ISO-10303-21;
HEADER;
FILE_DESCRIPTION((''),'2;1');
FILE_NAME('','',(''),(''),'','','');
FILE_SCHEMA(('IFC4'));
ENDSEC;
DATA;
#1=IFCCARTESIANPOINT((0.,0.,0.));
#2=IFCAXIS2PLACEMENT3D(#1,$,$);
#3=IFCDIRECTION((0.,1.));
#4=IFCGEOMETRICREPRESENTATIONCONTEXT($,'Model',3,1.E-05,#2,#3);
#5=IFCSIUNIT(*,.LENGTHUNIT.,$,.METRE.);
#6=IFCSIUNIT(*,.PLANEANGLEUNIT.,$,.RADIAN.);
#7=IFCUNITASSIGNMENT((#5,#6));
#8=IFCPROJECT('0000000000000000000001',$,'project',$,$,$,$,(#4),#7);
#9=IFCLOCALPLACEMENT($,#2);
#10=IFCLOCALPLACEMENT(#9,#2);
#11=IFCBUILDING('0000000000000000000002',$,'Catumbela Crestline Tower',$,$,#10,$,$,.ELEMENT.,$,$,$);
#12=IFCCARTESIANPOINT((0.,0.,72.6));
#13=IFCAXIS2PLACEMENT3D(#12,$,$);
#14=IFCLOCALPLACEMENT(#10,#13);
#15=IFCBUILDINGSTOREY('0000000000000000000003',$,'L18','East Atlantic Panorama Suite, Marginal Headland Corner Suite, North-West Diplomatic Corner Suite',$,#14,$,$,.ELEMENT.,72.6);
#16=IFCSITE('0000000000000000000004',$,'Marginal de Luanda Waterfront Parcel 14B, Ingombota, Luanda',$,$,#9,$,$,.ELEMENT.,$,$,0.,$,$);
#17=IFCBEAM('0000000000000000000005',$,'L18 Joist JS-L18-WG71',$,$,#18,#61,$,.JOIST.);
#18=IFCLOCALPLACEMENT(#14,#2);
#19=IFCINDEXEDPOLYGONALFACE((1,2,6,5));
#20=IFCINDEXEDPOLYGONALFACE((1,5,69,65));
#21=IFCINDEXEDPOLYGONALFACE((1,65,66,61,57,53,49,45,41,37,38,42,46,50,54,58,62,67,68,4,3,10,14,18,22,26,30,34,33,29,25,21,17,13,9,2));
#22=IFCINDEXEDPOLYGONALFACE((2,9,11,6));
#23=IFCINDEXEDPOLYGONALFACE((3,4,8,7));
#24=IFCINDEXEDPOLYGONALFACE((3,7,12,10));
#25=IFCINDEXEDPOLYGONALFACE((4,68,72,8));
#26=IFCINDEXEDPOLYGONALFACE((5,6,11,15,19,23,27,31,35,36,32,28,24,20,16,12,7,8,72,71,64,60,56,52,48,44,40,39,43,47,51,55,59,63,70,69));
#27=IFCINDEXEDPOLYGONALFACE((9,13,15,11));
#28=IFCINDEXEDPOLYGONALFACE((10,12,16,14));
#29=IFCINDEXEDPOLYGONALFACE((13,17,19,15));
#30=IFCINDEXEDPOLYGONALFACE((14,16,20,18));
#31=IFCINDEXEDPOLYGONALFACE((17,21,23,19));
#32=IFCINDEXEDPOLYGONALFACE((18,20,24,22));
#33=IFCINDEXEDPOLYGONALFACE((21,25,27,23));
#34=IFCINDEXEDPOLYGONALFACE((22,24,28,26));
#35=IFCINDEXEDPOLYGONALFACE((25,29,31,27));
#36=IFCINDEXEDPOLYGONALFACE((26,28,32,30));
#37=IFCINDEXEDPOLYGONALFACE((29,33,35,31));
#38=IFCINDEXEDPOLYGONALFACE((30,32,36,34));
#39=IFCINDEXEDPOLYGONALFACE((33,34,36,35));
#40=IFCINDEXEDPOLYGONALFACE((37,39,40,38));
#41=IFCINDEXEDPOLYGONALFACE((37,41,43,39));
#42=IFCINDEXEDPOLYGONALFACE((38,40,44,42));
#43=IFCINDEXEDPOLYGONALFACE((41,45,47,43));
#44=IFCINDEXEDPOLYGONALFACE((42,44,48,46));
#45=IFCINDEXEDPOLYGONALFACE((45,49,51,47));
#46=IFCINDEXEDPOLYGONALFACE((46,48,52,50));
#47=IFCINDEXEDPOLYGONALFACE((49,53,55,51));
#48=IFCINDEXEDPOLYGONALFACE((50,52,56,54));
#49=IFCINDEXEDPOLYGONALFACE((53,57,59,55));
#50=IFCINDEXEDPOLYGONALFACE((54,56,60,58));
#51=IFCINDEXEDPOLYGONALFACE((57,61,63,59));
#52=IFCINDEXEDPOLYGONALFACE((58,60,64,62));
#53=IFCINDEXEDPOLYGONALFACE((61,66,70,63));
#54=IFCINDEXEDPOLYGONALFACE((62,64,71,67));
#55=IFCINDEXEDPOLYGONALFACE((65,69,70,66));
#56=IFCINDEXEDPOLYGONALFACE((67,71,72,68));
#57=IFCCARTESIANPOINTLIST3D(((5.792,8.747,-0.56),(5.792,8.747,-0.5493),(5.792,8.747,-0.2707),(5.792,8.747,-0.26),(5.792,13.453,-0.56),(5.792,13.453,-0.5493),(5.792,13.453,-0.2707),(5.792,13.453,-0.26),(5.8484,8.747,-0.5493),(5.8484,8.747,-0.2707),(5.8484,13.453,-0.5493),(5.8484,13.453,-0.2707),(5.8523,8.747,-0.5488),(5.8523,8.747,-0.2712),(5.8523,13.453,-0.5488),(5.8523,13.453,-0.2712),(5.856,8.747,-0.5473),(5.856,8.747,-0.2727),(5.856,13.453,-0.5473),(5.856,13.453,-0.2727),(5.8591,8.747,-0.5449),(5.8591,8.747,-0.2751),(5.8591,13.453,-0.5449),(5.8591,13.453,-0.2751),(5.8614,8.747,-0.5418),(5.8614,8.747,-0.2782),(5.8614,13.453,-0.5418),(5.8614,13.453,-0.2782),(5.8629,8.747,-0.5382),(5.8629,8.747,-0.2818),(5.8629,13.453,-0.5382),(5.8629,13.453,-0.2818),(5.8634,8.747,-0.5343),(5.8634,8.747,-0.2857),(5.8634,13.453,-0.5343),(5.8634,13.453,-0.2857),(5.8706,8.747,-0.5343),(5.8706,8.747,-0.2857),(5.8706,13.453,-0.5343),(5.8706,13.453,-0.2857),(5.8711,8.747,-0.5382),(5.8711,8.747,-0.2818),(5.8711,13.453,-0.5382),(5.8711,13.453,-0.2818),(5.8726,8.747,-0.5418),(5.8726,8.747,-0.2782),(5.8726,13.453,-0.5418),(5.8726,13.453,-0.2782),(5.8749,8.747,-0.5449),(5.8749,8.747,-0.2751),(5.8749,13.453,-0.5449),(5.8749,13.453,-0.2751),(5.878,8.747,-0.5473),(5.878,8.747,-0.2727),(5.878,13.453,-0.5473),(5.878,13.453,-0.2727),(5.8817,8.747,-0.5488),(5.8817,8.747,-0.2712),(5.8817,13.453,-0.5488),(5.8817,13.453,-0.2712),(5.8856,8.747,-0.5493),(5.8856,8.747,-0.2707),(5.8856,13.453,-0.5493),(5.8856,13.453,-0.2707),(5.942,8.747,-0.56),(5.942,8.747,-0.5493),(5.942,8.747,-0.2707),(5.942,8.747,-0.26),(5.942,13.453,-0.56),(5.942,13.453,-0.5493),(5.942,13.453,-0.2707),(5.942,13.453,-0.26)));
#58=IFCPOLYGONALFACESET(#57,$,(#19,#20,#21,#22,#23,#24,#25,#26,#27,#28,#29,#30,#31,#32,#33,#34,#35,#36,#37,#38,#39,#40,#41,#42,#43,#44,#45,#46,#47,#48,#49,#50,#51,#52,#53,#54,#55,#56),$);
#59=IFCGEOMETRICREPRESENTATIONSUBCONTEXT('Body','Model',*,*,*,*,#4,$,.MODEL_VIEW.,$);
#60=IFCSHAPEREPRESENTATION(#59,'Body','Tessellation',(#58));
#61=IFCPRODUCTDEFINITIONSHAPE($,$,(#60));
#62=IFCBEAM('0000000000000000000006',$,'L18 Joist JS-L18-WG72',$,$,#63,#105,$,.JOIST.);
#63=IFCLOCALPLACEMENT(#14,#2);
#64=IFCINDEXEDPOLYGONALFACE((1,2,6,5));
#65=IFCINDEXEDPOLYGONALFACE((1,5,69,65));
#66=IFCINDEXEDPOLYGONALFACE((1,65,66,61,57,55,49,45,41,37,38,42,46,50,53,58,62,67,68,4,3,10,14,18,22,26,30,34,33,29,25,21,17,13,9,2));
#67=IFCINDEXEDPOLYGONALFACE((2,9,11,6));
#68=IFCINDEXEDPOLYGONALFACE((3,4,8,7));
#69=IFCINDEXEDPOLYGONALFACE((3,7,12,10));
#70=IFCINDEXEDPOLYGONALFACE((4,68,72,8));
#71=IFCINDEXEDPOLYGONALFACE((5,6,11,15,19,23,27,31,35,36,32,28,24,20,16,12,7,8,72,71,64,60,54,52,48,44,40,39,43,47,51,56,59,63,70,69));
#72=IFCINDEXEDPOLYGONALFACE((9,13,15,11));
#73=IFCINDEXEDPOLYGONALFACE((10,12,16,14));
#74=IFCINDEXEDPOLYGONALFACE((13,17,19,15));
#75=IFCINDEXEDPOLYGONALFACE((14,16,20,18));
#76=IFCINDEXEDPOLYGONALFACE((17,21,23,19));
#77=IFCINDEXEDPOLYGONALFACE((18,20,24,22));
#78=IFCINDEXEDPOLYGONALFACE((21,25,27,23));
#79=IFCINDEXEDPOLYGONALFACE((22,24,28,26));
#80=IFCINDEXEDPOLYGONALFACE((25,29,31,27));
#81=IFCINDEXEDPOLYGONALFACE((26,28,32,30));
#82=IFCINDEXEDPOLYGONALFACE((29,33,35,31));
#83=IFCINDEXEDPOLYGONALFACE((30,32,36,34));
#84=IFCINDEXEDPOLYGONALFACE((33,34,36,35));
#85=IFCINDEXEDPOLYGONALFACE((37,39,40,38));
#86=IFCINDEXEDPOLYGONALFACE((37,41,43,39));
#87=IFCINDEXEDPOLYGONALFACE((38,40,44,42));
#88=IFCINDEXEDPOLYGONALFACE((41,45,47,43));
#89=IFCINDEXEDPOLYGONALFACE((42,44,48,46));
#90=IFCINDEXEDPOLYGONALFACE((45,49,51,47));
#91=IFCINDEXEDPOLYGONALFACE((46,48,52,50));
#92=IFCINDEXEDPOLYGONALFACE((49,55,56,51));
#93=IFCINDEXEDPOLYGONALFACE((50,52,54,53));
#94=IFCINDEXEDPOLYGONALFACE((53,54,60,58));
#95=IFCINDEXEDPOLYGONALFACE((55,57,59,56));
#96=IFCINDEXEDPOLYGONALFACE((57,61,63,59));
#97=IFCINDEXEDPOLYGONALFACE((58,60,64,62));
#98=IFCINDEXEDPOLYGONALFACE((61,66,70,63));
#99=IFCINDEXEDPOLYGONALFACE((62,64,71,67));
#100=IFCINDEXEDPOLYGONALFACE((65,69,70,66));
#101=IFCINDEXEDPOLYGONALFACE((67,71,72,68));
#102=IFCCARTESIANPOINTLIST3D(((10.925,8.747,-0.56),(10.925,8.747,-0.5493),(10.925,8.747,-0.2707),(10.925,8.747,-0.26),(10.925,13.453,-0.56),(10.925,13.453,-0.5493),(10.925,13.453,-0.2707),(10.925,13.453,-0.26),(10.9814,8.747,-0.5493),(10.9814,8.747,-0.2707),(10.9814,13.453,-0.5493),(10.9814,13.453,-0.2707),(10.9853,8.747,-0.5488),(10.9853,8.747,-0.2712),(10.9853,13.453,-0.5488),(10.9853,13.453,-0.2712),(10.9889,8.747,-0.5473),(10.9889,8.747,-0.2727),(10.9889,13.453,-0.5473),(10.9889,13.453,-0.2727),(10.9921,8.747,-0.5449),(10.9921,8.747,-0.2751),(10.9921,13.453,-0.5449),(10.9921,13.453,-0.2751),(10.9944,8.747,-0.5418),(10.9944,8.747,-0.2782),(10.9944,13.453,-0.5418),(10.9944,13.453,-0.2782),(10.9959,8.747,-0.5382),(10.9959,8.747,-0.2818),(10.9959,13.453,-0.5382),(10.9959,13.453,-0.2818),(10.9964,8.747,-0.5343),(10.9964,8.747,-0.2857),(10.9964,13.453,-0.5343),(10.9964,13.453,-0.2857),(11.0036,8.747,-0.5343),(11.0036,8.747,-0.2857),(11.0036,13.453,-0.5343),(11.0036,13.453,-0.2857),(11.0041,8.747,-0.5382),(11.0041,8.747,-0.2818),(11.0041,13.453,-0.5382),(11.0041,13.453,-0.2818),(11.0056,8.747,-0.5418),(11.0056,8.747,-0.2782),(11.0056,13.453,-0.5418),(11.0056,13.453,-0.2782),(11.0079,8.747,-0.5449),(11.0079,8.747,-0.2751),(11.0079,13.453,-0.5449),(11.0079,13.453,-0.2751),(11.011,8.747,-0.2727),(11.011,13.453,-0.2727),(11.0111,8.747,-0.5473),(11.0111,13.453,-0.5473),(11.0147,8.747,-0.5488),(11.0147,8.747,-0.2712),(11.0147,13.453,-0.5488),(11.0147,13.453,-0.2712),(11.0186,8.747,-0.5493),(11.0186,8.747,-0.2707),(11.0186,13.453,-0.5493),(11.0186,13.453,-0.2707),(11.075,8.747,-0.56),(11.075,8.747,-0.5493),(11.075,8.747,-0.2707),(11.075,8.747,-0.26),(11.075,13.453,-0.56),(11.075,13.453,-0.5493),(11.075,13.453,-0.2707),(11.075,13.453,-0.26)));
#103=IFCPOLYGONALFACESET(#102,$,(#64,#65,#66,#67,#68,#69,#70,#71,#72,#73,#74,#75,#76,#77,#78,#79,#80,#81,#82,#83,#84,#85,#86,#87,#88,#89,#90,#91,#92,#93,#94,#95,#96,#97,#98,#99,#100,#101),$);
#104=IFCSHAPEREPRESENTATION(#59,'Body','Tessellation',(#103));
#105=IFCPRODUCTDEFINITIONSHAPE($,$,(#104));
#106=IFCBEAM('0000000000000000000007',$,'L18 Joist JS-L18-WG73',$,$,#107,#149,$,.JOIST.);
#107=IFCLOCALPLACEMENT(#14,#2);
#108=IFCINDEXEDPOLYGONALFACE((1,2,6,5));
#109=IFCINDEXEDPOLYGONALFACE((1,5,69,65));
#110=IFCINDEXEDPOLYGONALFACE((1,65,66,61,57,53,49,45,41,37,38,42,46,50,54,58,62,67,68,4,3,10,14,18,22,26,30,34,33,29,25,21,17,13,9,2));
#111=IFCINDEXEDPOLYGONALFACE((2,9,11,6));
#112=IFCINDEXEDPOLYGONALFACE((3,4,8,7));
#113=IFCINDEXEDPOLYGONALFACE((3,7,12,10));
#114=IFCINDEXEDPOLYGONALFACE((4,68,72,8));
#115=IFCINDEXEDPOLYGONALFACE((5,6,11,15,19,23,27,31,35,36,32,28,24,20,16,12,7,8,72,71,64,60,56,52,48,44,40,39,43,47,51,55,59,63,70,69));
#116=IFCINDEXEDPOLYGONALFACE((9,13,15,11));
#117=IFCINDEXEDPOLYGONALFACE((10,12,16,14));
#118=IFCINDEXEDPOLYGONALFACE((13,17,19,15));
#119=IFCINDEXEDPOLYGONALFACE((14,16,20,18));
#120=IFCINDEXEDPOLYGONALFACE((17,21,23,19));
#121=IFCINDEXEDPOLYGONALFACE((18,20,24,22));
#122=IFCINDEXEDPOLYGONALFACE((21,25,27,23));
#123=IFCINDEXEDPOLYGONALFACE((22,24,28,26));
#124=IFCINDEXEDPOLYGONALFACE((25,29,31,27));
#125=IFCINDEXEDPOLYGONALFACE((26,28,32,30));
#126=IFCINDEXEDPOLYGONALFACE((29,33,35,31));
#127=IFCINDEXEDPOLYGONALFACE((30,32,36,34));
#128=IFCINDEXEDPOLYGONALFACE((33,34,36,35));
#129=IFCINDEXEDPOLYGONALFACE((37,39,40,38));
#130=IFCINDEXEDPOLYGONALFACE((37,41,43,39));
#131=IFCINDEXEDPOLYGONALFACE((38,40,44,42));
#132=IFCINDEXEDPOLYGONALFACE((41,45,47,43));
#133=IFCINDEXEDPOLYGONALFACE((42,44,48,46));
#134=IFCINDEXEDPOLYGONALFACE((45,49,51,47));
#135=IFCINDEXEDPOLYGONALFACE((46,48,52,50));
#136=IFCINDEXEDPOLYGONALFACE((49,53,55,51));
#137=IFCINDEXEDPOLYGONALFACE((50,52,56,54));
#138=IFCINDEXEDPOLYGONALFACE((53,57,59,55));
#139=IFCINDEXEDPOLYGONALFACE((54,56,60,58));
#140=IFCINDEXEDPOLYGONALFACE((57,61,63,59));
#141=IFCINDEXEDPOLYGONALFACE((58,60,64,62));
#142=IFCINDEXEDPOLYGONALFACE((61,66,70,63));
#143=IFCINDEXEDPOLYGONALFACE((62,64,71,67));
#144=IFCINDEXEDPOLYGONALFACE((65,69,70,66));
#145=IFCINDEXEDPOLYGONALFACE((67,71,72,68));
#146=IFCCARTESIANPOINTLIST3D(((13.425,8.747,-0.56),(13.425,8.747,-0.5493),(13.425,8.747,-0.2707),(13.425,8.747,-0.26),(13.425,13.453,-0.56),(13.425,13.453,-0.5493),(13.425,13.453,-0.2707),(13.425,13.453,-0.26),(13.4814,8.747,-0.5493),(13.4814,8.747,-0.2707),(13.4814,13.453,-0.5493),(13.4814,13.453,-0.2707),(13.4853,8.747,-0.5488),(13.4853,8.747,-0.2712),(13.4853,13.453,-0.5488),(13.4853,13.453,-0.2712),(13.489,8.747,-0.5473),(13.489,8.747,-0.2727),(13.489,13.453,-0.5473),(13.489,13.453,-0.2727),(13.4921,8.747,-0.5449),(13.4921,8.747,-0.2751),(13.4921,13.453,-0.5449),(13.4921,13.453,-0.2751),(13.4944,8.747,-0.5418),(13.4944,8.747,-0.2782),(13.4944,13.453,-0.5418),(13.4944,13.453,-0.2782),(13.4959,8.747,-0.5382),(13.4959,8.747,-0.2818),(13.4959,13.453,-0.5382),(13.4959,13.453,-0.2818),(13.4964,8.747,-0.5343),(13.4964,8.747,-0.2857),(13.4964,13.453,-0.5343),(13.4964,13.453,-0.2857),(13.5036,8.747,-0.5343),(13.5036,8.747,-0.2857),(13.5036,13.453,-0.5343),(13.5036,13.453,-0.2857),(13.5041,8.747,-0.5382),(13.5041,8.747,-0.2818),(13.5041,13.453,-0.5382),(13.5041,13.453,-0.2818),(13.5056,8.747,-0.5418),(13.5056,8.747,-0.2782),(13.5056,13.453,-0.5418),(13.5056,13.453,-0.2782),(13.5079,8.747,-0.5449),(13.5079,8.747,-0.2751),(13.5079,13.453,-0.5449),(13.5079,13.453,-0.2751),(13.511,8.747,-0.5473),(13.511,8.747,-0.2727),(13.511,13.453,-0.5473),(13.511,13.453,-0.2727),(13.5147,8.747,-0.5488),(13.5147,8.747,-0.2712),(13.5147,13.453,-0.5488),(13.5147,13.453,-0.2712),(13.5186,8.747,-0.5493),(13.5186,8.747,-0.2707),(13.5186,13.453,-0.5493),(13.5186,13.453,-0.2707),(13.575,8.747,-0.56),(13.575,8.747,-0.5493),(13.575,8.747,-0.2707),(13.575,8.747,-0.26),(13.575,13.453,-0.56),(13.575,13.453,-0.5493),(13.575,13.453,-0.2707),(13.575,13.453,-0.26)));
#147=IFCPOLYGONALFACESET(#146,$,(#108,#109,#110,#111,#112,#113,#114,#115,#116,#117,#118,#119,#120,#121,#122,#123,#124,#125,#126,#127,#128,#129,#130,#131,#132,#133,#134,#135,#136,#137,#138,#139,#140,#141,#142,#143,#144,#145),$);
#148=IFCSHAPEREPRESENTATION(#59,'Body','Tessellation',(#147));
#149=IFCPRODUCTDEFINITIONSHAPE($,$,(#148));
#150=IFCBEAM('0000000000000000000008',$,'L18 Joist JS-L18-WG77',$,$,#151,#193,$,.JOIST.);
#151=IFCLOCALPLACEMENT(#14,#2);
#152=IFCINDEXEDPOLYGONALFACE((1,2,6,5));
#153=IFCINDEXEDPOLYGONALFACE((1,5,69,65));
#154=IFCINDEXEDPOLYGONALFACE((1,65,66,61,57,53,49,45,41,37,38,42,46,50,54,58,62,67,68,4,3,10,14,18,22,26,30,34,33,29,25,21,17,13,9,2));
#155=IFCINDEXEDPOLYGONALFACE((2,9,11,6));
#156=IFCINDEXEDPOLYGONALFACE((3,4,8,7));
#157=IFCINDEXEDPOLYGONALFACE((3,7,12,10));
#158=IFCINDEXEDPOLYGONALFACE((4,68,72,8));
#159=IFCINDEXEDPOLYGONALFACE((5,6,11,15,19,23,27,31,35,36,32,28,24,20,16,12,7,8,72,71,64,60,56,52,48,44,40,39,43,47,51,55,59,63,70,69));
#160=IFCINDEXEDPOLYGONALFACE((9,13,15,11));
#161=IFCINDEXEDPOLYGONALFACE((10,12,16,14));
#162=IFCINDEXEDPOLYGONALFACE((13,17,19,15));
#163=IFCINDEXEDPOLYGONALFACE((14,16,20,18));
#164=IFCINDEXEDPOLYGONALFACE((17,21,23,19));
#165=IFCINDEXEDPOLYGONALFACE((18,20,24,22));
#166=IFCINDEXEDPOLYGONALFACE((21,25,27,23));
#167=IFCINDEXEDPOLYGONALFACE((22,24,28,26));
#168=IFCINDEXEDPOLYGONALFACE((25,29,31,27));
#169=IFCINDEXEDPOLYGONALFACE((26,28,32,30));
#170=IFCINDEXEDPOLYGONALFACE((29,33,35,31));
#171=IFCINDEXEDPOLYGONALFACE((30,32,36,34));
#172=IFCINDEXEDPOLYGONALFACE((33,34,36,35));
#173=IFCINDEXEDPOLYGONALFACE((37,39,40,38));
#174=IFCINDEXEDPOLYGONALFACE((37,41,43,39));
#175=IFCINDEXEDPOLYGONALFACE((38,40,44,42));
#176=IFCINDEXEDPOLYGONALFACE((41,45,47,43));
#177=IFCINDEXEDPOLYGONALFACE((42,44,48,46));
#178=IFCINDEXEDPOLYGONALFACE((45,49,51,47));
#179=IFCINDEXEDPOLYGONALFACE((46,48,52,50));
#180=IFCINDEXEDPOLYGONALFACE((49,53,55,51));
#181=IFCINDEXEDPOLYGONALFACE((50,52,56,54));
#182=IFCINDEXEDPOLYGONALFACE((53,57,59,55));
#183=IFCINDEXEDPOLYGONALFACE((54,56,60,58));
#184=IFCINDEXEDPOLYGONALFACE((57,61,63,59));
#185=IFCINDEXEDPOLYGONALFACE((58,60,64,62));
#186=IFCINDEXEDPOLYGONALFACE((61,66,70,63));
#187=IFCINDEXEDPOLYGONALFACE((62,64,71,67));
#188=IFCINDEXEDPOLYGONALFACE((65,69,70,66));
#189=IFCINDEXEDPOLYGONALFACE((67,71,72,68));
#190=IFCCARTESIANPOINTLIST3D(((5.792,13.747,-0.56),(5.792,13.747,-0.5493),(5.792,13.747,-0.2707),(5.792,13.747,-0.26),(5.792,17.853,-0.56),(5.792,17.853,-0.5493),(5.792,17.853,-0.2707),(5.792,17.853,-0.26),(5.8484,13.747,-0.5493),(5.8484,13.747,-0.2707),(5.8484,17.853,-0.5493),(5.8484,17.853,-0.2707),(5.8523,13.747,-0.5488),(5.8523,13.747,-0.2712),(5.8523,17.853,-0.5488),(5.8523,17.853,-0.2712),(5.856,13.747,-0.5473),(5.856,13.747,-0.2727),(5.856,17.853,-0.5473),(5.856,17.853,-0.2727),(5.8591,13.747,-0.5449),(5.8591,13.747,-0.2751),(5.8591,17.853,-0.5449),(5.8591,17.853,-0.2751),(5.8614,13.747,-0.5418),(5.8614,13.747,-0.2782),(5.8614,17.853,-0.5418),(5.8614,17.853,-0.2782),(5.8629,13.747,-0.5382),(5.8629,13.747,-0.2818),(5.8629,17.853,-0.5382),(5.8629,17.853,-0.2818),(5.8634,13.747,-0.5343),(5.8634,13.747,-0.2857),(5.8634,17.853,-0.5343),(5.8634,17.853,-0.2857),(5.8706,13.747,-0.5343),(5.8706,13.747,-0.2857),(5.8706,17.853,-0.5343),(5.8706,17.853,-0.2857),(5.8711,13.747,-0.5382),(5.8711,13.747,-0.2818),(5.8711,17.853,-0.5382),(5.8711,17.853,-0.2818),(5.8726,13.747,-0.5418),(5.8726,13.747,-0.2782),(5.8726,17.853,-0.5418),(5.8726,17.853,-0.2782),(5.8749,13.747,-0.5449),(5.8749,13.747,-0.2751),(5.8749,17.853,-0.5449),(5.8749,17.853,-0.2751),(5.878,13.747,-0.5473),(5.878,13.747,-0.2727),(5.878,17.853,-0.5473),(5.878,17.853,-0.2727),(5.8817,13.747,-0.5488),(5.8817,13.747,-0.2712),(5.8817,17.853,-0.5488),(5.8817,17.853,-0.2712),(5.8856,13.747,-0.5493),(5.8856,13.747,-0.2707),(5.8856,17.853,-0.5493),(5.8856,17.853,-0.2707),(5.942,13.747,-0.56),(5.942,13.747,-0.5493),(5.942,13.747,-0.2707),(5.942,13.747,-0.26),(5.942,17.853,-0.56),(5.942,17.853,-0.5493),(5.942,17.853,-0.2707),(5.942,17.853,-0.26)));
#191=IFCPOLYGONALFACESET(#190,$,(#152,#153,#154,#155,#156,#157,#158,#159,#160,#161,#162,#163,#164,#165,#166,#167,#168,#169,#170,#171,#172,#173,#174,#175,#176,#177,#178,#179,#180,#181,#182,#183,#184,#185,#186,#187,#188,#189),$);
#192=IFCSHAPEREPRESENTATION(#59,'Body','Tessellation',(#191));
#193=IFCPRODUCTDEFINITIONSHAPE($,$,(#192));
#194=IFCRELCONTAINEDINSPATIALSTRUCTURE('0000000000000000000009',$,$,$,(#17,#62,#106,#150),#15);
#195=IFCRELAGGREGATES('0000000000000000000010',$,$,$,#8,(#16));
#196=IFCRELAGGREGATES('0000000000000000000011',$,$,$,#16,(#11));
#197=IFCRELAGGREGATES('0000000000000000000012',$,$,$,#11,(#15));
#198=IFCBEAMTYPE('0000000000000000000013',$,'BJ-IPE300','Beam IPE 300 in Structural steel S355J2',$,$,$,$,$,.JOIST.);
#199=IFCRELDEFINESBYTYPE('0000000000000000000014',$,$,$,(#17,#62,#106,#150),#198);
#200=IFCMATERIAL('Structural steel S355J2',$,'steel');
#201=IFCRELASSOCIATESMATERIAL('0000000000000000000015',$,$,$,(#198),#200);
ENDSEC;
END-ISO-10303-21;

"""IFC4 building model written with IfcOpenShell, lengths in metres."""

from ifc_helpers import new_model, si_unit, direction, frame, origin, origin_2d, place, context, subcontext, project, spatial, i_section, extrude, material, material_profile, profile_set, type_object, element, save


model = new_model("IFC4")

# Units and contexts
model_context = context("Model", 3, precision=1e-05, world=origin(), true_north=direction((0.0, 1.0)))
body_context = subcontext(model_context, "Body", "Model", "MODEL_VIEW")
ifc_project = project(units=[si_unit("LENGTHUNIT", "METRE"), si_unit("PLANEANGLEUNIT", "RADIAN")], contexts=[model_context])

# Site, building, storey
site_placement = place(None, origin())
site = spatial("IfcSite", under=ifc_project, at=site_placement, Name="Marginal de Luanda Waterfront Parcel 14B, Ingombota, Luanda", CompositionType="ELEMENT", RefElevation=0.0)
building_placement = place(site_placement, origin())
building = spatial("IfcBuilding", under=site, at=building_placement, Name="Catumbela Crestline Tower", CompositionType="ELEMENT")
storey_placement = place(building_placement, frame((0.0, 0.0, 72.6)))
storey = spatial("IfcBuildingStorey", under=building, at=storey_placement, Name="L18", Description="East Atlantic Panorama Suite, Marginal Headland Corner Suite, North-West Diplomatic Corner Suite", CompositionType="ELEMENT", Elevation=72.6)

# Beams
ifc_material_1 = material(Name="Structural steel S355J2", Category="steel")
ifc_material_profile_1 = material_profile(ifc_material_1, i_section(OverallWidth=0.15, OverallDepth=0.3, WebThickness=0.0071, FlangeThickness=0.0107, FilletRadius=0.015, at=origin_2d()), Name="IPE 300")
ifc_profile_set_1 = profile_set([ifc_material_profile_1], Name="Structural steel S355J2")
beam_type_1 = type_object("IfcBeamType", Name="BJ-IPE300", Description="Beam IPE 300 in Structural steel S355J2", PredefinedType="JOIST", material=ifc_profile_set_1)
for number, where, z_axis, x_axis, name in (
    (1, (5.867, 8.747, -0.41), (0.0, 1.0, 0.0), (-1.0, 0.0, 0.0), "L18 Joist JS-L18-WG71"),
    (2, (11.0, 8.747, -0.41), (0.0, 1.0, 0.0), (-1.0, 0.0, 0.0), "L18 Joist JS-L18-WG72"),
    (3, (13.5, 8.747, -0.41), (0.0, 1.0, 0.0), (-1.0, 0.0, 0.0), "L18 Joist JS-L18-WG73"),
):
    element("IfcBeam", number, at=place(storey_placement, frame(where, z_axis=z_axis, x_axis=x_axis)), inside=storey, type_object=beam_type_1, Name=name, PredefinedType="JOIST", context=body_context, shape_type="SweptSolid", body=[
        extrude(i_section(OverallWidth=0.15, OverallDepth=0.3, WebThickness=0.0071, FlangeThickness=0.0107, FilletRadius=0.015, at=origin_2d()), origin(), (0.0, 0.0, 1.0), 4.706),
    ])
for number, where, z_axis, x_axis, name in (
    (4, (5.867, 13.747, -0.41), (0.0, 1.0, 0.0), (-1.0, 0.0, 0.0), "L18 Joist JS-L18-WG77"),
):
    element("IfcBeam", number, at=place(storey_placement, frame(where, z_axis=z_axis, x_axis=x_axis)), inside=storey, type_object=beam_type_1, Name=name, PredefinedType="JOIST", context=body_context, shape_type="SweptSolid", body=[
        extrude(i_section(OverallWidth=0.15, OverallDepth=0.3, WebThickness=0.0071, FlangeThickness=0.0107, FilletRadius=0.015, at=origin_2d()), origin(), (0.0, 0.0, 1.0), 4.106),
    ])

save(model, "model.ifc")
